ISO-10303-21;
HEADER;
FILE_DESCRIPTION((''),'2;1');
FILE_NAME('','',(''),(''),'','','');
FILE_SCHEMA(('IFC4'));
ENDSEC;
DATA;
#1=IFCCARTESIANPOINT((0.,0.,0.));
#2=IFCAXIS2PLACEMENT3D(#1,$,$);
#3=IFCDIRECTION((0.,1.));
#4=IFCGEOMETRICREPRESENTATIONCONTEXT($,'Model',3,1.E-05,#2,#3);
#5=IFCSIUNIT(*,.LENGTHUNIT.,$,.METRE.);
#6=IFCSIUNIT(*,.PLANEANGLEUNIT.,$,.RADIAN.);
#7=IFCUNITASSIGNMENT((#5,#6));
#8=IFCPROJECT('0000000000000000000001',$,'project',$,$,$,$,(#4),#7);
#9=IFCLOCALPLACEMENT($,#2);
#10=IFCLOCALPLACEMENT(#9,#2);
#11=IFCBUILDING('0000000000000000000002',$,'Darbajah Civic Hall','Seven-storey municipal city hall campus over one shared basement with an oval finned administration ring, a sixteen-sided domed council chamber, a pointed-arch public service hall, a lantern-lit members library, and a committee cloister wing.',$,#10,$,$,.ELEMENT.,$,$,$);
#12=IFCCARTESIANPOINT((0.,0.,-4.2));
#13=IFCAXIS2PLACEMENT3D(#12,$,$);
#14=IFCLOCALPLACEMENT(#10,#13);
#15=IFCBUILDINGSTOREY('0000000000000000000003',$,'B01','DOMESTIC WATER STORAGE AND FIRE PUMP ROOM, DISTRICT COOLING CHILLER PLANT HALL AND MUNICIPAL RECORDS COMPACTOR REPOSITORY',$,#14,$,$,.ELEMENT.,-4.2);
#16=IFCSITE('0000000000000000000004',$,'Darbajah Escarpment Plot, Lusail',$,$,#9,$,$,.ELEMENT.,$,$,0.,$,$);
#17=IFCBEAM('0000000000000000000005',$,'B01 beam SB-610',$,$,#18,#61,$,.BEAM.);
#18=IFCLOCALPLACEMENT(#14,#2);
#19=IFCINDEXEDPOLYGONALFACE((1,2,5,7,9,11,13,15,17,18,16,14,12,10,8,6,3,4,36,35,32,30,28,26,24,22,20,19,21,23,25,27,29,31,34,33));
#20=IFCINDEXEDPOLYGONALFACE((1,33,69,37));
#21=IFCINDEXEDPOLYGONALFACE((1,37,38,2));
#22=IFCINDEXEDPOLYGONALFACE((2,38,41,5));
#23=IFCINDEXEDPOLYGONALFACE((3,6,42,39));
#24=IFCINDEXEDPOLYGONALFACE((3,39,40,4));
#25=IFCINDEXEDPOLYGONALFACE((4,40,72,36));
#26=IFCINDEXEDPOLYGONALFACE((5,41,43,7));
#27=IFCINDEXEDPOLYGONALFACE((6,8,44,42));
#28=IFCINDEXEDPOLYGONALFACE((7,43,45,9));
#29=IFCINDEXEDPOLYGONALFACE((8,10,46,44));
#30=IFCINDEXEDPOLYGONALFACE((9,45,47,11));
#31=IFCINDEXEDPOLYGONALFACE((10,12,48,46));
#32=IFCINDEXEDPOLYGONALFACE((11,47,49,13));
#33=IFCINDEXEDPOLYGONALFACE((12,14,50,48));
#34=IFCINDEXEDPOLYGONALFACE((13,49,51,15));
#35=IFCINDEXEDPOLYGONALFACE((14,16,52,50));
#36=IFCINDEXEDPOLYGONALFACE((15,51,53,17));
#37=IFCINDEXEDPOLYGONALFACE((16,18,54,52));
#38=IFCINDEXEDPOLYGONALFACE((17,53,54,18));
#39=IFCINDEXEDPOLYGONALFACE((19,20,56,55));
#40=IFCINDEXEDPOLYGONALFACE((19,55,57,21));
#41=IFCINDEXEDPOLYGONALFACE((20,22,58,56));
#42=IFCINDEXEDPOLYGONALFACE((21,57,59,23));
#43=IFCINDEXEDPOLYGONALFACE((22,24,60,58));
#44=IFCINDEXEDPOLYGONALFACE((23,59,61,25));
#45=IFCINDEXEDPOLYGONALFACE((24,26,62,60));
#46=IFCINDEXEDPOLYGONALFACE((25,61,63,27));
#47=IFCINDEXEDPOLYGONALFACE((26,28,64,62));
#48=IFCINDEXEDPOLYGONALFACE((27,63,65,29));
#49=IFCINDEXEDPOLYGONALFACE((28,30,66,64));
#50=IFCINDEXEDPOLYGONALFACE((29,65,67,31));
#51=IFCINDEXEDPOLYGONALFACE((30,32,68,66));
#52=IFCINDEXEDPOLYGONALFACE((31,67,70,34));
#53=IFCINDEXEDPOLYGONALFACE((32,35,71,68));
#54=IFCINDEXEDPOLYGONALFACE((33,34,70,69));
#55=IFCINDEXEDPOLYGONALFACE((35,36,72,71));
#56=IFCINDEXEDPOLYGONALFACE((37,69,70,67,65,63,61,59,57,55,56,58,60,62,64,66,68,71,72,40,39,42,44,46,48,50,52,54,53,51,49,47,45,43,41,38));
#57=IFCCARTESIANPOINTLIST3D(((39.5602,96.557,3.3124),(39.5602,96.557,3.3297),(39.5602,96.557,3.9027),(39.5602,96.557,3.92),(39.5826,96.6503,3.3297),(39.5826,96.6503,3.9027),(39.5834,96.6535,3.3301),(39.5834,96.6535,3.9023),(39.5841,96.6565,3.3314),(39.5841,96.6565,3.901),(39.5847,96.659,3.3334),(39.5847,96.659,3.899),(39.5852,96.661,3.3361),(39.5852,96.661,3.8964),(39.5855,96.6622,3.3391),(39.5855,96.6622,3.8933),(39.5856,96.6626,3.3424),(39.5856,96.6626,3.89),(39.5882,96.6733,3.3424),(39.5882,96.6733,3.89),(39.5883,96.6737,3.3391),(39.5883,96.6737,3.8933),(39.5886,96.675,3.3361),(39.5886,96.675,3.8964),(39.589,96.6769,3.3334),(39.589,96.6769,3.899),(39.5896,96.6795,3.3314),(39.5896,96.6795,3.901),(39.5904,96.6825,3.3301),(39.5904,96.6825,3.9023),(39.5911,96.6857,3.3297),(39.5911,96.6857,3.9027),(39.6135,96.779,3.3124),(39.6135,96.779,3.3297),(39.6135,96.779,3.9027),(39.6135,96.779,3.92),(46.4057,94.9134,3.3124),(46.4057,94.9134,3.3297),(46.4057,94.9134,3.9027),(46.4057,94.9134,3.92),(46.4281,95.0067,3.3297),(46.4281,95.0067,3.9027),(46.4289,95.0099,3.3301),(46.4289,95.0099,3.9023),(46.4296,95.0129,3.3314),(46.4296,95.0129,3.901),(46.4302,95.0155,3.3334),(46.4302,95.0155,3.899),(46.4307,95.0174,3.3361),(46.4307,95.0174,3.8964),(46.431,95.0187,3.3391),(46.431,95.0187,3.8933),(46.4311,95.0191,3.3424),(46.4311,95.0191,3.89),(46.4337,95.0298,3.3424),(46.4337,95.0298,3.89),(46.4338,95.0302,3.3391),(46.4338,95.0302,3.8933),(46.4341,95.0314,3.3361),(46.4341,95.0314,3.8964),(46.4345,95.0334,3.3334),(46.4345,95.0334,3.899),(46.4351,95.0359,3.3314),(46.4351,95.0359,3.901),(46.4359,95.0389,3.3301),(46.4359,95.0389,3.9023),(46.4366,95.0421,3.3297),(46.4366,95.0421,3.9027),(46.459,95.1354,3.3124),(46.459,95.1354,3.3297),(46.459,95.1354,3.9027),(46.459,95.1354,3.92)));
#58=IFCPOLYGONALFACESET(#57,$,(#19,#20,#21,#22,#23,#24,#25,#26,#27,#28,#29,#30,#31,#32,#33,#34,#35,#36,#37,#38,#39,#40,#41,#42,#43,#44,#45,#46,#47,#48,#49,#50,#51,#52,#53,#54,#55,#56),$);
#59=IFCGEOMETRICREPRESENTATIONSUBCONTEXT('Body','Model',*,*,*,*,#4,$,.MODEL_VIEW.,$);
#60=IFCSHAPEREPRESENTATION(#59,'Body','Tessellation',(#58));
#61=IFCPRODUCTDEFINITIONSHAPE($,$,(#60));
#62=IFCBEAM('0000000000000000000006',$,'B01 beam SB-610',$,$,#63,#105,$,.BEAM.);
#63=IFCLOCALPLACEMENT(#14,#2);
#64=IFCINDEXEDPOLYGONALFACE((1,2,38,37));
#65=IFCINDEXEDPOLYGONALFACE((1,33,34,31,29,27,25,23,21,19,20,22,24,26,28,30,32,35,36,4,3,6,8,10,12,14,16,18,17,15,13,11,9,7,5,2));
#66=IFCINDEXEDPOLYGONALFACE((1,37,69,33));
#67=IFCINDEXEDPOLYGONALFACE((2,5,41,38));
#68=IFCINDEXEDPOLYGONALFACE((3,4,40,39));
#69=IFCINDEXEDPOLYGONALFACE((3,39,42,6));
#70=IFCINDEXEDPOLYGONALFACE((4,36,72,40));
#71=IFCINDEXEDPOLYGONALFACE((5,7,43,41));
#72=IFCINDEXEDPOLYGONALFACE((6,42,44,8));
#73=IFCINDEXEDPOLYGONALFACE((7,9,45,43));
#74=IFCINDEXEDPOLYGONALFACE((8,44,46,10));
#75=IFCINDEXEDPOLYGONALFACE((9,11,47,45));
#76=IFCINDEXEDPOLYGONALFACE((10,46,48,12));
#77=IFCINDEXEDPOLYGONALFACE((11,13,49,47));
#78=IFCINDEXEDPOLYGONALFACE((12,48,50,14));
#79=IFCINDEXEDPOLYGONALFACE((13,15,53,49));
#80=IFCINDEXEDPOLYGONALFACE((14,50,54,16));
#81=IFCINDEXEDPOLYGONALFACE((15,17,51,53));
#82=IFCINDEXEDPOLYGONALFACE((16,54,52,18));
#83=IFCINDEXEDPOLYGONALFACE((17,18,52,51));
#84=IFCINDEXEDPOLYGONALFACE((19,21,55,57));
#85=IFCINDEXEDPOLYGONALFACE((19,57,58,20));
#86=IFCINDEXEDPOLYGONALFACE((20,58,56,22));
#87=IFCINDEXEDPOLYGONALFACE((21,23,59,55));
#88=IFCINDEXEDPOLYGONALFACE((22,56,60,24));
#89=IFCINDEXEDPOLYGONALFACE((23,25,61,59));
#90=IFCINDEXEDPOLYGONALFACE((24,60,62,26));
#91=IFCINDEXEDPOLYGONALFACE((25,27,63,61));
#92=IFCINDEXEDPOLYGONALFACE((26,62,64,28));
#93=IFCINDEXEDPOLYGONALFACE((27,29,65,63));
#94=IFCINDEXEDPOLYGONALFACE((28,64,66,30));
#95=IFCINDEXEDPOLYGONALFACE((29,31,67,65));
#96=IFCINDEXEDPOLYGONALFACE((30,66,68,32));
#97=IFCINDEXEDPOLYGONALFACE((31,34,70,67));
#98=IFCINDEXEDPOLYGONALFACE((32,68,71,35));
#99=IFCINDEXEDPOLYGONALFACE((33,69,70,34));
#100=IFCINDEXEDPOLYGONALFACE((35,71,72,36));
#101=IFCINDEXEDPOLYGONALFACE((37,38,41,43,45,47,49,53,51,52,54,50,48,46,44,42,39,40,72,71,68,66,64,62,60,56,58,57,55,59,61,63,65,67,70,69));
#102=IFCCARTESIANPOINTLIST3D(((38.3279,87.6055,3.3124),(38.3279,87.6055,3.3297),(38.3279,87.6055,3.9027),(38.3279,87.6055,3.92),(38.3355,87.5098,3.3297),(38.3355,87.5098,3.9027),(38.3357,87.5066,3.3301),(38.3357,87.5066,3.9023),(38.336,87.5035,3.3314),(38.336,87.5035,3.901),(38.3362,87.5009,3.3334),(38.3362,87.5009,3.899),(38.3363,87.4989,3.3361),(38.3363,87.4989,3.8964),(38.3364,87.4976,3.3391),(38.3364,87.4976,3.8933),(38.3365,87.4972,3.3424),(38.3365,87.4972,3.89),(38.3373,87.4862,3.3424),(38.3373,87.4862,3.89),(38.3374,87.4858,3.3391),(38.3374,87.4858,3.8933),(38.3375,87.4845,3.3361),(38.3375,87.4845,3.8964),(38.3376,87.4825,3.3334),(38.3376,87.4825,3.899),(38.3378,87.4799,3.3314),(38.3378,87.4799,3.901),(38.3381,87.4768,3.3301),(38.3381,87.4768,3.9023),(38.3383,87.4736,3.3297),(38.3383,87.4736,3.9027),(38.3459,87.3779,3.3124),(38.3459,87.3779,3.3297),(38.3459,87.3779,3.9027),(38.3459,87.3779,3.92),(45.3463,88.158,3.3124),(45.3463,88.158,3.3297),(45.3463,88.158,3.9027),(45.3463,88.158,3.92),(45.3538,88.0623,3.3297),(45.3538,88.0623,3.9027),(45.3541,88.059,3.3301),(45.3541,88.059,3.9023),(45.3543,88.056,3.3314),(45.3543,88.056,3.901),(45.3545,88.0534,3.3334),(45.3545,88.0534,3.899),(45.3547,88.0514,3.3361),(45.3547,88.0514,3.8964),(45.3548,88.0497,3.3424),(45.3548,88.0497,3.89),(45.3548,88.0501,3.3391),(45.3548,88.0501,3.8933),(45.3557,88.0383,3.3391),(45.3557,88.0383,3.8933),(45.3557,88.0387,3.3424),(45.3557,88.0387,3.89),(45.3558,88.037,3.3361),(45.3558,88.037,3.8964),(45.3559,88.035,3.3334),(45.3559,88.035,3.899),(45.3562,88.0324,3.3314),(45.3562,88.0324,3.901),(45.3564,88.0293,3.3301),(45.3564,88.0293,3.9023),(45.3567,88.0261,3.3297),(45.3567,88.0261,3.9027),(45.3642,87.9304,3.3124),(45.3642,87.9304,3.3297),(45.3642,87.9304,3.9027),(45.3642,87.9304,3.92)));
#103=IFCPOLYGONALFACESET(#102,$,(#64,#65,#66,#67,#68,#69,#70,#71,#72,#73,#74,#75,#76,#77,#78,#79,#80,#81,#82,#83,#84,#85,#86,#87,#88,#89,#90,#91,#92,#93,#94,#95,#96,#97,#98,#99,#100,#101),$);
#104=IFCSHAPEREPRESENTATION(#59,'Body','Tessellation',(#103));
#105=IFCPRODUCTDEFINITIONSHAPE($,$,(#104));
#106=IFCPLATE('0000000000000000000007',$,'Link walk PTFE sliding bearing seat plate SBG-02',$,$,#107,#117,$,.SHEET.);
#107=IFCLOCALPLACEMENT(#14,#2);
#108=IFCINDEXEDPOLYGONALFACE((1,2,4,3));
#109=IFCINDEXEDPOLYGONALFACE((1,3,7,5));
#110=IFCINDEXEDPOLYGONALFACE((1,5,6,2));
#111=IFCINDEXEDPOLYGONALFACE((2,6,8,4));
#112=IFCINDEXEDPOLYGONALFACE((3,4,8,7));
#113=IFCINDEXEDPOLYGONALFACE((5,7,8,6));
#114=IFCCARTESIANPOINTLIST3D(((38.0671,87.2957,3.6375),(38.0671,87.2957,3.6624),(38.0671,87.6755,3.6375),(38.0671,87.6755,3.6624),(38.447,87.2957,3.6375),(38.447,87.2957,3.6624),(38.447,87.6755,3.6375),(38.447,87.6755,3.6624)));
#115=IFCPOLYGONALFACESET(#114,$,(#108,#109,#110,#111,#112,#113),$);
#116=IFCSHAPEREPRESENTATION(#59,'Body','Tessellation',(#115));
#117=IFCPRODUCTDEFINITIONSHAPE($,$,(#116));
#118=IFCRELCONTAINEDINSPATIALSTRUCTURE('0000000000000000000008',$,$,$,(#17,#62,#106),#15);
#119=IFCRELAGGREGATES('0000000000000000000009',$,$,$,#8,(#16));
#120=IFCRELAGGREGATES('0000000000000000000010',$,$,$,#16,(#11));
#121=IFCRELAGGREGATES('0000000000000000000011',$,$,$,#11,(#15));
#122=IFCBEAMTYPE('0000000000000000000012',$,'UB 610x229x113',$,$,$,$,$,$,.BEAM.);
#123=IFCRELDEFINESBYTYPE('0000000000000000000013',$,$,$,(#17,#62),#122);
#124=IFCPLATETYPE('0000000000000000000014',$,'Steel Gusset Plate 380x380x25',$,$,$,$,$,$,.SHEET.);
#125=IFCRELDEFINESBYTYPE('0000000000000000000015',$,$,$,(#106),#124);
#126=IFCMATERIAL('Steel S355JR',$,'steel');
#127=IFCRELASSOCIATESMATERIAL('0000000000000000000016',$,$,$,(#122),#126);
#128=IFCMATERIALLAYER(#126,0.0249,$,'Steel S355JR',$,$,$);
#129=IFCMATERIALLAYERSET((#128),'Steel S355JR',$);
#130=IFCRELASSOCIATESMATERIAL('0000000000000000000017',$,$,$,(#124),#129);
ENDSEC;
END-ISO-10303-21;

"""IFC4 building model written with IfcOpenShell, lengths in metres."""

from ifc_helpers import new_model, si_unit, direction, frame, origin, origin_2d, place, context, subcontext, project, spatial, rectangle, i_section, extrude, material, layer, layer_set, material_profile, profile_set, type_object, element, save


model = new_model("IFC4")

# Units and contexts
model_context = context("Model", 3, precision=1e-05, world=origin(), true_north=direction((0.0, 1.0)))
body_context = subcontext(model_context, "Body", "Model", "MODEL_VIEW")
ifc_project = project(units=[si_unit("LENGTHUNIT", "METRE"), si_unit("PLANEANGLEUNIT", "RADIAN")], contexts=[model_context])

# Site, building, storey
site_placement = place(None, origin())
site = spatial("IfcSite", under=ifc_project, at=site_placement, Name="Darbajah Escarpment Plot, Lusail", CompositionType="ELEMENT", RefElevation=0.0)
building_placement = place(site_placement, origin())
building = spatial("IfcBuilding", under=site, at=building_placement, Name="Darbajah Civic Hall", Description="Seven-storey municipal city hall campus over one shared basement with an oval finned administration ring, a sixteen-sided domed council chamber, a pointed-arch public service hall, a lantern-lit members library, and a committee cloister wing.", CompositionType="ELEMENT")
storey_placement = place(building_placement, frame((0.0, 0.0, -4.2)))
storey = spatial("IfcBuildingStorey", under=building, at=storey_placement, Name="B01", Description="DOMESTIC WATER STORAGE AND FIRE PUMP ROOM, DISTRICT COOLING CHILLER PLANT HALL AND MUNICIPAL RECORDS COMPACTOR REPOSITORY", CompositionType="ELEMENT", Elevation=-4.2)

# Beams
ifc_material_1 = material(Name="Steel S355JR", Category="steel")
ifc_material_profile_1 = material_profile(ifc_material_1, i_section(OverallWidth=0.2283, OverallDepth=0.6077, WebThickness=0.011, FlangeThickness=0.0173, FilletRadius=0.0127, at=origin_2d()), Name="UB 610x229x113")
ifc_profile_set_1 = profile_set([ifc_material_profile_1], Name="Steel S355JR")
beam_type_1 = type_object("IfcBeamType", Name="UB 610x229x113", PredefinedType="BEAM", material=ifc_profile_set_1)
for number, where, z_axis, x_axis, name in (
    (1, (46.4324, 95.0244, 3.6162), (-0.972367, 0.23346, 0.0), (-0.23346, -0.972367, 0.0), "B01 beam SB-610"),
    (2, (45.3552, 88.0442, 3.6162), (-0.996916, -0.078478, 0.0), (0.078478, -0.996916, 0.0), "B01 beam SB-610"),
):
    element("IfcBeam", number, at=place(storey_placement, frame(where, z_axis=z_axis, x_axis=x_axis)), inside=storey, type_object=beam_type_1, Name=name, PredefinedType="BEAM", context=body_context, shape_type="SweptSolid", body=[
        extrude(i_section(OverallWidth=0.2283, OverallDepth=0.6077, WebThickness=0.011, FlangeThickness=0.0173, FilletRadius=0.0127, at=origin_2d()), origin(), (0.0, 0.0, 1.0), 7.04),
    ])

# Plate
ifc_layer = layer(ifc_material_1, 0.0249, Name="Steel S355JR")
ifc_layer_set = layer_set([ifc_layer], Name="Steel S355JR")
plate_type = type_object("IfcPlateType", Name="Steel Gusset Plate 380x380x25", PredefinedType="SHEET", material=ifc_layer_set)
plate_placement = place(storey_placement, frame((38.2571, 87.4856, 3.6375), z_axis=(0.0, 0.0, 1.0), x_axis=(1.0, 0.0, 0.0)))
element("IfcPlate", 3, at=plate_placement, inside=storey, type_object=plate_type, Name="Link walk PTFE sliding bearing seat plate SBG-02", PredefinedType="SHEET", context=body_context, shape_type="SweptSolid", body=[
    extrude(rectangle(XDim=0.3799, YDim=0.3799, at=origin_2d()), origin(), (0.0, 0.0, 1.0), 0.0249),
])

save(model, "model.ifc")
